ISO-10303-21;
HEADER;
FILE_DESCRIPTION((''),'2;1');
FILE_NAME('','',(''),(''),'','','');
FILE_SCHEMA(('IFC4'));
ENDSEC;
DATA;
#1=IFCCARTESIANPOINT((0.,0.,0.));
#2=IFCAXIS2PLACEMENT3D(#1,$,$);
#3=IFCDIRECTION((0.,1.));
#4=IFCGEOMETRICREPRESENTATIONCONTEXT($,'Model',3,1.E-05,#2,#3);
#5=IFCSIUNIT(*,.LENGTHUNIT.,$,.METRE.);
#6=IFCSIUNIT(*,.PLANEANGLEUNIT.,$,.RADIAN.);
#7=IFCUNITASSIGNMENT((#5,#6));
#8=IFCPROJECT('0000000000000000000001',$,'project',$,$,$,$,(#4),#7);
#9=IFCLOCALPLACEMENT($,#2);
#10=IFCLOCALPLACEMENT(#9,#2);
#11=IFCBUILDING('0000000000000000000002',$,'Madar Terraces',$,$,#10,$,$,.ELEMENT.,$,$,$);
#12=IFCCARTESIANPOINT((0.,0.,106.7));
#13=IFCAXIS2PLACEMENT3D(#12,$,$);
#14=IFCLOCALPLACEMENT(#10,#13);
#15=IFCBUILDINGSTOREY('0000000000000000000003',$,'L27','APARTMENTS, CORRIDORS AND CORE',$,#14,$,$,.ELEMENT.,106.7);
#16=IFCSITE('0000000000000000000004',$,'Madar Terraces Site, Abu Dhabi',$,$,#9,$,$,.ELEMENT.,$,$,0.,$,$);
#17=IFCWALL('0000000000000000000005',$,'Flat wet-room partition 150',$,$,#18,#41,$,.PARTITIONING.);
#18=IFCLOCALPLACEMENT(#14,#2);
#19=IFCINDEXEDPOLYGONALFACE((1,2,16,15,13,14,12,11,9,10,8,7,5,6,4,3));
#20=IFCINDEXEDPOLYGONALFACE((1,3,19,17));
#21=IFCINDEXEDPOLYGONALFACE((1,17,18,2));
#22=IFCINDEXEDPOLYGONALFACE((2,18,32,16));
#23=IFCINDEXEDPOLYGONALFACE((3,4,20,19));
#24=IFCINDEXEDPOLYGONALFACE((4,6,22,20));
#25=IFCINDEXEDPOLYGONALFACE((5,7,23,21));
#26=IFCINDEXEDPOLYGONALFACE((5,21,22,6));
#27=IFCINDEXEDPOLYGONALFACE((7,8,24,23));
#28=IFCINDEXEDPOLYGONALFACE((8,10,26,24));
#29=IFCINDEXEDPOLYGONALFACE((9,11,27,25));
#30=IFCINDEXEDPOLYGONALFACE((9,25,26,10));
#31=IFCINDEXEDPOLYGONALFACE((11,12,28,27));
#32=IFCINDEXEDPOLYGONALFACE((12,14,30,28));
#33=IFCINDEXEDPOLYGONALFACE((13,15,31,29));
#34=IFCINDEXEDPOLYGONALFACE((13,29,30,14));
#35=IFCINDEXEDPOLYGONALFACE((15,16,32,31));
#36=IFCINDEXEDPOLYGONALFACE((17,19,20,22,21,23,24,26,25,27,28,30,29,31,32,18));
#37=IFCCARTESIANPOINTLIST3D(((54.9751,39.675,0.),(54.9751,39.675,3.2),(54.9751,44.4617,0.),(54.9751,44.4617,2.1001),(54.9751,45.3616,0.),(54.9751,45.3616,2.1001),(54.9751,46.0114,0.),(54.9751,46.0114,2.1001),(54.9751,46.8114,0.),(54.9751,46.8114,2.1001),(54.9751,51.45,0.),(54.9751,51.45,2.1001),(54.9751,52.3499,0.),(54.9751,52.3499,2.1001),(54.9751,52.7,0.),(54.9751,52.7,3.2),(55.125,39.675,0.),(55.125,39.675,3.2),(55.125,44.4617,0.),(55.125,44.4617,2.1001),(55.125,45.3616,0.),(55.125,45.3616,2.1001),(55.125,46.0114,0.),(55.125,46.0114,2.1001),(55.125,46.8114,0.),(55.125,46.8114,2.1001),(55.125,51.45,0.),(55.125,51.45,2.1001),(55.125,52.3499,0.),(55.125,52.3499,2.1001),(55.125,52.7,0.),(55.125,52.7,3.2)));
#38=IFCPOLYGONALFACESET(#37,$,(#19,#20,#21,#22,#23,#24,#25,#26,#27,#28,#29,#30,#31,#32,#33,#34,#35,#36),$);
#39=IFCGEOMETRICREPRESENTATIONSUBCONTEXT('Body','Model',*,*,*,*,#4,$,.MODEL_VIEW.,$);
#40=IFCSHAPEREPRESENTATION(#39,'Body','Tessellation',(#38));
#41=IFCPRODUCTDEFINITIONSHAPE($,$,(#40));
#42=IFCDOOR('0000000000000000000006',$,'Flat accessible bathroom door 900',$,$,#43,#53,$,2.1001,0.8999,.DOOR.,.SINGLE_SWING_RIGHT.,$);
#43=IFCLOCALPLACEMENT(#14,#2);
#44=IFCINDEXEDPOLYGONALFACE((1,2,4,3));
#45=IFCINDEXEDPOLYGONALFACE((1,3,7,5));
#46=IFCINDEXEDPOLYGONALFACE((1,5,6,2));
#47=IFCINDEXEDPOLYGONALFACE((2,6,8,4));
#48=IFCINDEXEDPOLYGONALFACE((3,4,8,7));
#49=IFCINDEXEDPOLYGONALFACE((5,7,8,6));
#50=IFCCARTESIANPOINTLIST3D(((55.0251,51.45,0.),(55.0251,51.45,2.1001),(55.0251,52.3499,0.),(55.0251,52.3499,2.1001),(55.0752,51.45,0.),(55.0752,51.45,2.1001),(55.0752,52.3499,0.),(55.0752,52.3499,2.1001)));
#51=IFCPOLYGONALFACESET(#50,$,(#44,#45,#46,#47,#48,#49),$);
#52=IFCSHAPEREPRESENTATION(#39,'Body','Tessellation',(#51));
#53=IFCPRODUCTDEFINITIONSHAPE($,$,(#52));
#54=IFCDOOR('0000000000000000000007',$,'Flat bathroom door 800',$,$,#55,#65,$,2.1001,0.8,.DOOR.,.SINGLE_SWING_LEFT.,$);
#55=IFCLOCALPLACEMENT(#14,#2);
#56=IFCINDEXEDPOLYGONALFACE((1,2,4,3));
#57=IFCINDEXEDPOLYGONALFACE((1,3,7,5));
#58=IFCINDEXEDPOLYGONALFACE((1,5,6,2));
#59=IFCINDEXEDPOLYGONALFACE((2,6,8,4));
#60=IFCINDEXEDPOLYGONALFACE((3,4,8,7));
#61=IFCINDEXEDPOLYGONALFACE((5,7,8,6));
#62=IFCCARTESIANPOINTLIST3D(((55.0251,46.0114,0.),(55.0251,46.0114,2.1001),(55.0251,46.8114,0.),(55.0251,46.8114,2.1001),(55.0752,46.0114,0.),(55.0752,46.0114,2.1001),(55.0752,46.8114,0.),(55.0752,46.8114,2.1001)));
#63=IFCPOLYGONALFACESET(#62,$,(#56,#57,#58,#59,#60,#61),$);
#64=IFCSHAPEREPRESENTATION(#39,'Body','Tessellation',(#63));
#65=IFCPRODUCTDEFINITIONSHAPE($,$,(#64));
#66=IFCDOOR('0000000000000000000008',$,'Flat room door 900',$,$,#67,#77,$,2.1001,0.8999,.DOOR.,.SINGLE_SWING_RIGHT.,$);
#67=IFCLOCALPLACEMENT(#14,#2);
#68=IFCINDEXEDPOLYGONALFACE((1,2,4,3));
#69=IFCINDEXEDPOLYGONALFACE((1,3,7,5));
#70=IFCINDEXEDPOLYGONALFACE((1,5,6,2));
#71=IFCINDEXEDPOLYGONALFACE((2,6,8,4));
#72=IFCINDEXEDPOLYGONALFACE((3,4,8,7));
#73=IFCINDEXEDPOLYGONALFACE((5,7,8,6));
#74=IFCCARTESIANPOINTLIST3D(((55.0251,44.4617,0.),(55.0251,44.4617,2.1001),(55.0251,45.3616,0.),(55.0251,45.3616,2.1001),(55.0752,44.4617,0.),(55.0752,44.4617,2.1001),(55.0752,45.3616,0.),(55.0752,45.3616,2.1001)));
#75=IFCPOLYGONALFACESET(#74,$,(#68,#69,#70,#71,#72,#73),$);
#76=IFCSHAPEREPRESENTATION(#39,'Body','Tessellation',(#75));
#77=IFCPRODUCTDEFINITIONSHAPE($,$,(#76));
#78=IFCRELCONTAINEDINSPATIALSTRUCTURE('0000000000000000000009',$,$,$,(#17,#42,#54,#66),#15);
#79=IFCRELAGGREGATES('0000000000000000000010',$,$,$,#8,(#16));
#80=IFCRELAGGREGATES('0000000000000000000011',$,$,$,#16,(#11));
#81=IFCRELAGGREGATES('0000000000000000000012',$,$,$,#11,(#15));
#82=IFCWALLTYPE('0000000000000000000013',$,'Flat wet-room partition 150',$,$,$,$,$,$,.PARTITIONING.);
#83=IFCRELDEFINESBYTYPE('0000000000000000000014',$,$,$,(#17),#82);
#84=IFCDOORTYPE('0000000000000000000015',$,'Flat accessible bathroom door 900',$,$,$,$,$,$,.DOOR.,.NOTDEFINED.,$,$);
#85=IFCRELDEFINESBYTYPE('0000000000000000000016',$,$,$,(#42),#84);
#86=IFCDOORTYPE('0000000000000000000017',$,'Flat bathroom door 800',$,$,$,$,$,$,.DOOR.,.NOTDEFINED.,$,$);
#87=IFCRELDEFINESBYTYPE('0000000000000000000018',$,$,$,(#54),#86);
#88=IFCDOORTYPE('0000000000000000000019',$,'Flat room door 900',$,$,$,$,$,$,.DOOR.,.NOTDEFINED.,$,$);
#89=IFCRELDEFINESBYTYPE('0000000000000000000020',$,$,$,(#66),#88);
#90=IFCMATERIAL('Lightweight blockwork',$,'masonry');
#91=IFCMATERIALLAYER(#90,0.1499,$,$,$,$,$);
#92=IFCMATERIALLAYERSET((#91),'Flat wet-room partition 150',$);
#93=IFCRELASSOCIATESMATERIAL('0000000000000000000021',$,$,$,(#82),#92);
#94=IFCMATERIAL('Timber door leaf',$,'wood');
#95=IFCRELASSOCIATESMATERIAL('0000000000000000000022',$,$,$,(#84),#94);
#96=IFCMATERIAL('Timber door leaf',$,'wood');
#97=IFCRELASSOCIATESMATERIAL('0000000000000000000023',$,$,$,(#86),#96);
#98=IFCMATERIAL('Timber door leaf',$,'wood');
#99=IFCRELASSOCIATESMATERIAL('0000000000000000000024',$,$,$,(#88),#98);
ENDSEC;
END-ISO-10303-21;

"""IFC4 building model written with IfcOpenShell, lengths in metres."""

from ifc_helpers import new_model, si_unit, direction, frame, frame_2d, origin, place, context, subcontext, project, spatial, rectangle, extrude, material, layer, layer_set, type_object, element, fill, save


model = new_model("IFC4")

# Units and contexts
model_context = context("Model", 3, precision=1e-05, world=origin(), true_north=direction((0.0, 1.0)))
body_context = subcontext(model_context, "Body", "Model", "MODEL_VIEW")
ifc_project = project(units=[si_unit("LENGTHUNIT", "METRE"), si_unit("PLANEANGLEUNIT", "RADIAN")], contexts=[model_context])

# Site, building, storey
site_placement = place(None, origin())
site = spatial("IfcSite", under=ifc_project, at=site_placement, Name="Madar Terraces Site, Abu Dhabi", CompositionType="ELEMENT", RefElevation=0.0)
building_placement = place(site_placement, origin())
building = spatial("IfcBuilding", under=site, at=building_placement, Name="Madar Terraces", CompositionType="ELEMENT")
storey_placement = place(building_placement, frame((0.0, 0.0, 106.7)))
storey = spatial("IfcBuildingStorey", under=building, at=storey_placement, Name="L27", Description="APARTMENTS, CORRIDORS AND CORE", CompositionType="ELEMENT", Elevation=106.7)

# Shared definitions
ifc_material_1 = material(Name="Lightweight blockwork", Category="masonry")
ifc_layer_1 = layer(ifc_material_1, 0.1499)
ifc_layer_set_1 = layer_set([ifc_layer_1], Name="Flat wet-room partition 150")
wall_type_1 = type_object("IfcWallType", Name="Flat wet-room partition 150", PredefinedType="PARTITIONING", material=ifc_layer_set_1)

# Wall, openings, doors
wall_1_placement = place(storey_placement, frame((55.05, 39.675, 0.0), z_axis=(0.0, 0.0, 1.0), x_axis=(0.0, 1.0, 0.0)))
wall_1 = element("IfcWall", 1, at=wall_1_placement, inside=storey, type_object=wall_type_1, Name="Flat wet-room partition 150", PredefinedType="PARTITIONING", context=body_context, shape_type="SweptSolid", body=[
    extrude(rectangle(XDim=13.0249, YDim=0.1499, at=frame_2d((6.5125, 0.0))), origin(), (0.0, 0.0, 1.0), 3.2),
])
opening_1_placement = place(wall_1_placement, frame((4.7866, 0.0, 0.0)))
opening_1 = element("IfcOpeningElement", 2, at=opening_1_placement, cuts=wall_1, PredefinedType="OPENING", context=body_context, shape_type="SweptSolid", body=[
    extrude(rectangle(XDim=0.8999, YDim=2.1001, at=frame_2d((0.45, 1.05))), frame((0.0, 0.085, 0.0), z_axis=(0.0, -1.0, 0.0), x_axis=(1.0, 0.0, 0.0)), (0.0, 0.0, 1.0), 0.1699),
])
opening_2_placement = place(wall_1_placement, frame((6.3364, 0.0, 0.0)))
opening_2 = element("IfcOpeningElement", 3, at=opening_2_placement, cuts=wall_1, PredefinedType="OPENING", context=body_context, shape_type="SweptSolid", body=[
    extrude(rectangle(XDim=0.8, YDim=2.1001, at=frame_2d((0.3999, 1.05))), frame((0.0, 0.085, 0.0), z_axis=(0.0, -1.0, 0.0), x_axis=(1.0, 0.0, 0.0)), (0.0, 0.0, 1.0), 0.1699),
])
opening_3_placement = place(wall_1_placement, frame((11.7749, 0.0, 0.0)))
opening_3 = element("IfcOpeningElement", 4, at=opening_3_placement, cuts=wall_1, PredefinedType="OPENING", context=body_context, shape_type="SweptSolid", body=[
    extrude(rectangle(XDim=0.8999, YDim=2.1001, at=frame_2d((0.45, 1.05))), frame((0.0, 0.085, 0.0), z_axis=(0.0, -1.0, 0.0), x_axis=(1.0, 0.0, 0.0)), (0.0, 0.0, 1.0), 0.1699),
])
ifc_material_2 = material(Name="Timber door leaf", Category="wood")
door_type_1 = type_object("IfcDoorType", Name="Flat accessible bathroom door 900", OperationType="NOTDEFINED", PredefinedType="DOOR", material=ifc_material_2)
door_1_placement = place(opening_3_placement, origin())
door_1 = element("IfcDoor", 5, at=door_1_placement, inside=storey, type_object=door_type_1, Name="Flat accessible bathroom door 900", OperationType="SINGLE_SWING_RIGHT", OverallHeight=2.1001, OverallWidth=0.8999, PredefinedType="DOOR", context=body_context, shape_type="SweptSolid", body=[
    extrude(rectangle(XDim=0.8999, YDim=2.1001, at=frame_2d((0.45, 1.05))), frame((0.0, 0.0249, 0.0), z_axis=(0.0, -1.0, 0.0), x_axis=(1.0, 0.0, 0.0)), (0.0, 0.0, 1.0), 0.05),
])
fill(opening_3, door_1)
ifc_material_3 = material(Name="Timber door leaf", Category="wood")
door_type_2 = type_object("IfcDoorType", Name="Flat bathroom door 800", OperationType="NOTDEFINED", PredefinedType="DOOR", material=ifc_material_3)
door_2_placement = place(opening_2_placement, origin())
door_2 = element("IfcDoor", 6, at=door_2_placement, inside=storey, type_object=door_type_2, Name="Flat bathroom door 800", OperationType="SINGLE_SWING_LEFT", OverallHeight=2.1001, OverallWidth=0.8, PredefinedType="DOOR", context=body_context, shape_type="SweptSolid", body=[
    extrude(rectangle(XDim=0.8, YDim=2.1001, at=frame_2d((0.3999, 1.05))), frame((0.0, 0.0249, 0.0), z_axis=(0.0, -1.0, 0.0), x_axis=(1.0, 0.0, 0.0)), (0.0, 0.0, 1.0), 0.05),
])
fill(opening_2, door_2)
ifc_material_4 = material(Name="Timber door leaf", Category="wood")
door_type_3 = type_object("IfcDoorType", Name="Flat room door 900", OperationType="NOTDEFINED", PredefinedType="DOOR", material=ifc_material_4)
door_3_placement = place(opening_1_placement, origin())
door_3 = element("IfcDoor", 7, at=door_3_placement, inside=storey, type_object=door_type_3, Name="Flat room door 900", OperationType="SINGLE_SWING_RIGHT", OverallHeight=2.1001, OverallWidth=0.8999, PredefinedType="DOOR", context=body_context, shape_type="SweptSolid", body=[
    extrude(rectangle(XDim=0.8999, YDim=2.1001, at=frame_2d((0.45, 1.05))), frame((0.0, 0.0249, 0.0), z_axis=(0.0, -1.0, 0.0), x_axis=(1.0, 0.0, 0.0)), (0.0, 0.0, 1.0), 0.05),
])
fill(opening_1, door_3)

save(model, "model.ifc")
